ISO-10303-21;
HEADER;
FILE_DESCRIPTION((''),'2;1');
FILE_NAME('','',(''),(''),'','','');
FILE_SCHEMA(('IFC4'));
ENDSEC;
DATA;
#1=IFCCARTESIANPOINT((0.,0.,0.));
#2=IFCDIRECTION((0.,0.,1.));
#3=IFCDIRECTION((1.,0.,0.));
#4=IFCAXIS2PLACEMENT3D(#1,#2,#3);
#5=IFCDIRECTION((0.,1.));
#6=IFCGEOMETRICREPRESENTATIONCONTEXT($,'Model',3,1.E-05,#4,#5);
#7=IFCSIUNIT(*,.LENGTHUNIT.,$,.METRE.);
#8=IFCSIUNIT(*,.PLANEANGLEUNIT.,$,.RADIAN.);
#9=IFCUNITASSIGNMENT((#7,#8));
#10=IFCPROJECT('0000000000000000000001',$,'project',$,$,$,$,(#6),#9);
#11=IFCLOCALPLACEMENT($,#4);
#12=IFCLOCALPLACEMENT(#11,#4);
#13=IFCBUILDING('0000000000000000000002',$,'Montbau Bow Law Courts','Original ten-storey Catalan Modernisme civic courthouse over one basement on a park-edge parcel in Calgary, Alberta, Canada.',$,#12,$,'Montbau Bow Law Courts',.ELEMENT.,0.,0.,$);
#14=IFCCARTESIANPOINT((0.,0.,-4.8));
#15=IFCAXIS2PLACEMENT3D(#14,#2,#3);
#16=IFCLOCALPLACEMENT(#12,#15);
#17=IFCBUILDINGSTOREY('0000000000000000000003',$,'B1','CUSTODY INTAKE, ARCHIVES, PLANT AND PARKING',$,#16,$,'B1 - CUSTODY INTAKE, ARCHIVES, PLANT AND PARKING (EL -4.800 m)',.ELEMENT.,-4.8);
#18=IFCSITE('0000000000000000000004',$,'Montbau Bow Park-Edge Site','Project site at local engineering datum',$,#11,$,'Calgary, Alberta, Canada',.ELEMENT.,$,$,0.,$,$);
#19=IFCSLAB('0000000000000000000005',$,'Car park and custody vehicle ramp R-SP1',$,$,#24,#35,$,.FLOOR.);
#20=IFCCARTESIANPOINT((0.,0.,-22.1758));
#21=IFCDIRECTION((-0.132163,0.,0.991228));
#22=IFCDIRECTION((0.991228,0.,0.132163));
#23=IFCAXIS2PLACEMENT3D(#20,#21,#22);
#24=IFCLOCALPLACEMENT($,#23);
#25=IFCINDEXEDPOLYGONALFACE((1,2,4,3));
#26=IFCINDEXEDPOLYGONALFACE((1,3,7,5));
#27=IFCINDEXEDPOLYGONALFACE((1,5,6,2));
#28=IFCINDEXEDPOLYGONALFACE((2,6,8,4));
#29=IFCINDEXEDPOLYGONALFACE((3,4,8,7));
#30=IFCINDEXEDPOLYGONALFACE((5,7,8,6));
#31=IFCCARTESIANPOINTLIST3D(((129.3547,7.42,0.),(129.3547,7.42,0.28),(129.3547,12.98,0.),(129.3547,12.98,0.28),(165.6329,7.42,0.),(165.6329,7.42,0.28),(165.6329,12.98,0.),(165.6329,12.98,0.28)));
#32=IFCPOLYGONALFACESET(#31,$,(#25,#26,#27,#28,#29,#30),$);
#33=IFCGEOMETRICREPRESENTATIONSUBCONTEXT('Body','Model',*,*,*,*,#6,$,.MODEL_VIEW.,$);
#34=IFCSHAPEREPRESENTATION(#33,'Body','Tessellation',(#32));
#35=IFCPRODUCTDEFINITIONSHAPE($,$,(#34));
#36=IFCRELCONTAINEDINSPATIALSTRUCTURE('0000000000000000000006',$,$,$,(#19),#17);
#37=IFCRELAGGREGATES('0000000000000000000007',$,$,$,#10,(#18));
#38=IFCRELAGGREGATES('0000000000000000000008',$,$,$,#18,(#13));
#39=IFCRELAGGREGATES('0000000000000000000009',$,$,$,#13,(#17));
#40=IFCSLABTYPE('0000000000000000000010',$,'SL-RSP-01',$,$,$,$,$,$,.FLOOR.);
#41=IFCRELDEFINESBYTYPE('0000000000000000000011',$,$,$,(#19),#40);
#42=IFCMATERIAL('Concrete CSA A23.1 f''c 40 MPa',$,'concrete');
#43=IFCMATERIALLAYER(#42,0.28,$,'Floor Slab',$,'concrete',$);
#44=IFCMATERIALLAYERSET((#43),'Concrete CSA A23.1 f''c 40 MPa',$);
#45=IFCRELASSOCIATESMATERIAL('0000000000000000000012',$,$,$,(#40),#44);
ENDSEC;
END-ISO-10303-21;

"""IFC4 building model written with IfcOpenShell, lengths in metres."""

from ifc_helpers import new_model, si_unit, direction, frame, origin_with_axes, place, context, subcontext, project, spatial, polyline, outline, extrude, material, layer, layer_set, type_object, element, save


model = new_model("IFC4")

# Units and contexts
model_context = context("Model", 3, precision=1e-05, world=origin_with_axes(), true_north=direction((0.0, 1.0)))
body_context = subcontext(model_context, "Body", "Model", "MODEL_VIEW")
ifc_project = project(units=[si_unit("LENGTHUNIT", "METRE"), si_unit("PLANEANGLEUNIT", "RADIAN")], contexts=[model_context])

# Site, building, storey
site_placement = place(None, origin_with_axes())
site = spatial("IfcSite", under=ifc_project, at=site_placement, Name="Montbau Bow Park-Edge Site", Description="Project site at local engineering datum", LongName="Calgary, Alberta, Canada", CompositionType="ELEMENT", RefElevation=0.0)
building_placement = place(site_placement, origin_with_axes())
building = spatial("IfcBuilding", under=site, at=building_placement, Name="Montbau Bow Law Courts", Description="Original ten-storey Catalan Modernisme civic courthouse over one basement on a park-edge parcel in Calgary, Alberta, Canada.", LongName="Montbau Bow Law Courts", CompositionType="ELEMENT", ElevationOfRefHeight=0.0, ElevationOfTerrain=0.0)
storey_placement = place(building_placement, frame((0.0, 0.0, -4.8), z_axis=(0.0, 0.0, 1.0), x_axis=(1.0, 0.0, 0.0)))
storey = spatial("IfcBuildingStorey", under=building, at=storey_placement, Name="B1", Description="CUSTODY INTAKE, ARCHIVES, PLANT AND PARKING", LongName="B1 - CUSTODY INTAKE, ARCHIVES, PLANT AND PARKING (EL -4.800 m)", CompositionType="ELEMENT", Elevation=-4.8)

# Shared definitions
ifc_material_1 = material(Name="Concrete CSA A23.1 f'c 40 MPa", Category="concrete")

# Slab
ifc_layer_1 = layer(ifc_material_1, 0.28, Name="Floor Slab", Category="concrete")
ifc_layer_set_1 = layer_set([ifc_layer_1], Name="Concrete CSA A23.1 f'c 40 MPa")
slab_type_1 = type_object("IfcSlabType", Name="SL-RSP-01", PredefinedType="FLOOR", material=ifc_layer_set_1)
slab_1_placement = place(None, frame((0.0, 0.0, -22.1758), z_axis=(-0.132163, 0.0, 0.991228), x_axis=(0.991228, 0.0, 0.132163)))
element("IfcSlab", 1, at=slab_1_placement, inside=storey, type_object=slab_type_1, Name="Car park and custody vehicle ramp R-SP1", PredefinedType="FLOOR", context=body_context, shape_type="SweptSolid", body=[
    extrude(outline(polyline([(129.3547, 7.42), (165.6329, 7.42), (165.6329, 12.98), (129.3547, 12.98), (129.3547, 7.42)])), origin_with_axes(), (0.0, 0.0, 1.0), 0.28),
])

save(model, "model.ifc")
